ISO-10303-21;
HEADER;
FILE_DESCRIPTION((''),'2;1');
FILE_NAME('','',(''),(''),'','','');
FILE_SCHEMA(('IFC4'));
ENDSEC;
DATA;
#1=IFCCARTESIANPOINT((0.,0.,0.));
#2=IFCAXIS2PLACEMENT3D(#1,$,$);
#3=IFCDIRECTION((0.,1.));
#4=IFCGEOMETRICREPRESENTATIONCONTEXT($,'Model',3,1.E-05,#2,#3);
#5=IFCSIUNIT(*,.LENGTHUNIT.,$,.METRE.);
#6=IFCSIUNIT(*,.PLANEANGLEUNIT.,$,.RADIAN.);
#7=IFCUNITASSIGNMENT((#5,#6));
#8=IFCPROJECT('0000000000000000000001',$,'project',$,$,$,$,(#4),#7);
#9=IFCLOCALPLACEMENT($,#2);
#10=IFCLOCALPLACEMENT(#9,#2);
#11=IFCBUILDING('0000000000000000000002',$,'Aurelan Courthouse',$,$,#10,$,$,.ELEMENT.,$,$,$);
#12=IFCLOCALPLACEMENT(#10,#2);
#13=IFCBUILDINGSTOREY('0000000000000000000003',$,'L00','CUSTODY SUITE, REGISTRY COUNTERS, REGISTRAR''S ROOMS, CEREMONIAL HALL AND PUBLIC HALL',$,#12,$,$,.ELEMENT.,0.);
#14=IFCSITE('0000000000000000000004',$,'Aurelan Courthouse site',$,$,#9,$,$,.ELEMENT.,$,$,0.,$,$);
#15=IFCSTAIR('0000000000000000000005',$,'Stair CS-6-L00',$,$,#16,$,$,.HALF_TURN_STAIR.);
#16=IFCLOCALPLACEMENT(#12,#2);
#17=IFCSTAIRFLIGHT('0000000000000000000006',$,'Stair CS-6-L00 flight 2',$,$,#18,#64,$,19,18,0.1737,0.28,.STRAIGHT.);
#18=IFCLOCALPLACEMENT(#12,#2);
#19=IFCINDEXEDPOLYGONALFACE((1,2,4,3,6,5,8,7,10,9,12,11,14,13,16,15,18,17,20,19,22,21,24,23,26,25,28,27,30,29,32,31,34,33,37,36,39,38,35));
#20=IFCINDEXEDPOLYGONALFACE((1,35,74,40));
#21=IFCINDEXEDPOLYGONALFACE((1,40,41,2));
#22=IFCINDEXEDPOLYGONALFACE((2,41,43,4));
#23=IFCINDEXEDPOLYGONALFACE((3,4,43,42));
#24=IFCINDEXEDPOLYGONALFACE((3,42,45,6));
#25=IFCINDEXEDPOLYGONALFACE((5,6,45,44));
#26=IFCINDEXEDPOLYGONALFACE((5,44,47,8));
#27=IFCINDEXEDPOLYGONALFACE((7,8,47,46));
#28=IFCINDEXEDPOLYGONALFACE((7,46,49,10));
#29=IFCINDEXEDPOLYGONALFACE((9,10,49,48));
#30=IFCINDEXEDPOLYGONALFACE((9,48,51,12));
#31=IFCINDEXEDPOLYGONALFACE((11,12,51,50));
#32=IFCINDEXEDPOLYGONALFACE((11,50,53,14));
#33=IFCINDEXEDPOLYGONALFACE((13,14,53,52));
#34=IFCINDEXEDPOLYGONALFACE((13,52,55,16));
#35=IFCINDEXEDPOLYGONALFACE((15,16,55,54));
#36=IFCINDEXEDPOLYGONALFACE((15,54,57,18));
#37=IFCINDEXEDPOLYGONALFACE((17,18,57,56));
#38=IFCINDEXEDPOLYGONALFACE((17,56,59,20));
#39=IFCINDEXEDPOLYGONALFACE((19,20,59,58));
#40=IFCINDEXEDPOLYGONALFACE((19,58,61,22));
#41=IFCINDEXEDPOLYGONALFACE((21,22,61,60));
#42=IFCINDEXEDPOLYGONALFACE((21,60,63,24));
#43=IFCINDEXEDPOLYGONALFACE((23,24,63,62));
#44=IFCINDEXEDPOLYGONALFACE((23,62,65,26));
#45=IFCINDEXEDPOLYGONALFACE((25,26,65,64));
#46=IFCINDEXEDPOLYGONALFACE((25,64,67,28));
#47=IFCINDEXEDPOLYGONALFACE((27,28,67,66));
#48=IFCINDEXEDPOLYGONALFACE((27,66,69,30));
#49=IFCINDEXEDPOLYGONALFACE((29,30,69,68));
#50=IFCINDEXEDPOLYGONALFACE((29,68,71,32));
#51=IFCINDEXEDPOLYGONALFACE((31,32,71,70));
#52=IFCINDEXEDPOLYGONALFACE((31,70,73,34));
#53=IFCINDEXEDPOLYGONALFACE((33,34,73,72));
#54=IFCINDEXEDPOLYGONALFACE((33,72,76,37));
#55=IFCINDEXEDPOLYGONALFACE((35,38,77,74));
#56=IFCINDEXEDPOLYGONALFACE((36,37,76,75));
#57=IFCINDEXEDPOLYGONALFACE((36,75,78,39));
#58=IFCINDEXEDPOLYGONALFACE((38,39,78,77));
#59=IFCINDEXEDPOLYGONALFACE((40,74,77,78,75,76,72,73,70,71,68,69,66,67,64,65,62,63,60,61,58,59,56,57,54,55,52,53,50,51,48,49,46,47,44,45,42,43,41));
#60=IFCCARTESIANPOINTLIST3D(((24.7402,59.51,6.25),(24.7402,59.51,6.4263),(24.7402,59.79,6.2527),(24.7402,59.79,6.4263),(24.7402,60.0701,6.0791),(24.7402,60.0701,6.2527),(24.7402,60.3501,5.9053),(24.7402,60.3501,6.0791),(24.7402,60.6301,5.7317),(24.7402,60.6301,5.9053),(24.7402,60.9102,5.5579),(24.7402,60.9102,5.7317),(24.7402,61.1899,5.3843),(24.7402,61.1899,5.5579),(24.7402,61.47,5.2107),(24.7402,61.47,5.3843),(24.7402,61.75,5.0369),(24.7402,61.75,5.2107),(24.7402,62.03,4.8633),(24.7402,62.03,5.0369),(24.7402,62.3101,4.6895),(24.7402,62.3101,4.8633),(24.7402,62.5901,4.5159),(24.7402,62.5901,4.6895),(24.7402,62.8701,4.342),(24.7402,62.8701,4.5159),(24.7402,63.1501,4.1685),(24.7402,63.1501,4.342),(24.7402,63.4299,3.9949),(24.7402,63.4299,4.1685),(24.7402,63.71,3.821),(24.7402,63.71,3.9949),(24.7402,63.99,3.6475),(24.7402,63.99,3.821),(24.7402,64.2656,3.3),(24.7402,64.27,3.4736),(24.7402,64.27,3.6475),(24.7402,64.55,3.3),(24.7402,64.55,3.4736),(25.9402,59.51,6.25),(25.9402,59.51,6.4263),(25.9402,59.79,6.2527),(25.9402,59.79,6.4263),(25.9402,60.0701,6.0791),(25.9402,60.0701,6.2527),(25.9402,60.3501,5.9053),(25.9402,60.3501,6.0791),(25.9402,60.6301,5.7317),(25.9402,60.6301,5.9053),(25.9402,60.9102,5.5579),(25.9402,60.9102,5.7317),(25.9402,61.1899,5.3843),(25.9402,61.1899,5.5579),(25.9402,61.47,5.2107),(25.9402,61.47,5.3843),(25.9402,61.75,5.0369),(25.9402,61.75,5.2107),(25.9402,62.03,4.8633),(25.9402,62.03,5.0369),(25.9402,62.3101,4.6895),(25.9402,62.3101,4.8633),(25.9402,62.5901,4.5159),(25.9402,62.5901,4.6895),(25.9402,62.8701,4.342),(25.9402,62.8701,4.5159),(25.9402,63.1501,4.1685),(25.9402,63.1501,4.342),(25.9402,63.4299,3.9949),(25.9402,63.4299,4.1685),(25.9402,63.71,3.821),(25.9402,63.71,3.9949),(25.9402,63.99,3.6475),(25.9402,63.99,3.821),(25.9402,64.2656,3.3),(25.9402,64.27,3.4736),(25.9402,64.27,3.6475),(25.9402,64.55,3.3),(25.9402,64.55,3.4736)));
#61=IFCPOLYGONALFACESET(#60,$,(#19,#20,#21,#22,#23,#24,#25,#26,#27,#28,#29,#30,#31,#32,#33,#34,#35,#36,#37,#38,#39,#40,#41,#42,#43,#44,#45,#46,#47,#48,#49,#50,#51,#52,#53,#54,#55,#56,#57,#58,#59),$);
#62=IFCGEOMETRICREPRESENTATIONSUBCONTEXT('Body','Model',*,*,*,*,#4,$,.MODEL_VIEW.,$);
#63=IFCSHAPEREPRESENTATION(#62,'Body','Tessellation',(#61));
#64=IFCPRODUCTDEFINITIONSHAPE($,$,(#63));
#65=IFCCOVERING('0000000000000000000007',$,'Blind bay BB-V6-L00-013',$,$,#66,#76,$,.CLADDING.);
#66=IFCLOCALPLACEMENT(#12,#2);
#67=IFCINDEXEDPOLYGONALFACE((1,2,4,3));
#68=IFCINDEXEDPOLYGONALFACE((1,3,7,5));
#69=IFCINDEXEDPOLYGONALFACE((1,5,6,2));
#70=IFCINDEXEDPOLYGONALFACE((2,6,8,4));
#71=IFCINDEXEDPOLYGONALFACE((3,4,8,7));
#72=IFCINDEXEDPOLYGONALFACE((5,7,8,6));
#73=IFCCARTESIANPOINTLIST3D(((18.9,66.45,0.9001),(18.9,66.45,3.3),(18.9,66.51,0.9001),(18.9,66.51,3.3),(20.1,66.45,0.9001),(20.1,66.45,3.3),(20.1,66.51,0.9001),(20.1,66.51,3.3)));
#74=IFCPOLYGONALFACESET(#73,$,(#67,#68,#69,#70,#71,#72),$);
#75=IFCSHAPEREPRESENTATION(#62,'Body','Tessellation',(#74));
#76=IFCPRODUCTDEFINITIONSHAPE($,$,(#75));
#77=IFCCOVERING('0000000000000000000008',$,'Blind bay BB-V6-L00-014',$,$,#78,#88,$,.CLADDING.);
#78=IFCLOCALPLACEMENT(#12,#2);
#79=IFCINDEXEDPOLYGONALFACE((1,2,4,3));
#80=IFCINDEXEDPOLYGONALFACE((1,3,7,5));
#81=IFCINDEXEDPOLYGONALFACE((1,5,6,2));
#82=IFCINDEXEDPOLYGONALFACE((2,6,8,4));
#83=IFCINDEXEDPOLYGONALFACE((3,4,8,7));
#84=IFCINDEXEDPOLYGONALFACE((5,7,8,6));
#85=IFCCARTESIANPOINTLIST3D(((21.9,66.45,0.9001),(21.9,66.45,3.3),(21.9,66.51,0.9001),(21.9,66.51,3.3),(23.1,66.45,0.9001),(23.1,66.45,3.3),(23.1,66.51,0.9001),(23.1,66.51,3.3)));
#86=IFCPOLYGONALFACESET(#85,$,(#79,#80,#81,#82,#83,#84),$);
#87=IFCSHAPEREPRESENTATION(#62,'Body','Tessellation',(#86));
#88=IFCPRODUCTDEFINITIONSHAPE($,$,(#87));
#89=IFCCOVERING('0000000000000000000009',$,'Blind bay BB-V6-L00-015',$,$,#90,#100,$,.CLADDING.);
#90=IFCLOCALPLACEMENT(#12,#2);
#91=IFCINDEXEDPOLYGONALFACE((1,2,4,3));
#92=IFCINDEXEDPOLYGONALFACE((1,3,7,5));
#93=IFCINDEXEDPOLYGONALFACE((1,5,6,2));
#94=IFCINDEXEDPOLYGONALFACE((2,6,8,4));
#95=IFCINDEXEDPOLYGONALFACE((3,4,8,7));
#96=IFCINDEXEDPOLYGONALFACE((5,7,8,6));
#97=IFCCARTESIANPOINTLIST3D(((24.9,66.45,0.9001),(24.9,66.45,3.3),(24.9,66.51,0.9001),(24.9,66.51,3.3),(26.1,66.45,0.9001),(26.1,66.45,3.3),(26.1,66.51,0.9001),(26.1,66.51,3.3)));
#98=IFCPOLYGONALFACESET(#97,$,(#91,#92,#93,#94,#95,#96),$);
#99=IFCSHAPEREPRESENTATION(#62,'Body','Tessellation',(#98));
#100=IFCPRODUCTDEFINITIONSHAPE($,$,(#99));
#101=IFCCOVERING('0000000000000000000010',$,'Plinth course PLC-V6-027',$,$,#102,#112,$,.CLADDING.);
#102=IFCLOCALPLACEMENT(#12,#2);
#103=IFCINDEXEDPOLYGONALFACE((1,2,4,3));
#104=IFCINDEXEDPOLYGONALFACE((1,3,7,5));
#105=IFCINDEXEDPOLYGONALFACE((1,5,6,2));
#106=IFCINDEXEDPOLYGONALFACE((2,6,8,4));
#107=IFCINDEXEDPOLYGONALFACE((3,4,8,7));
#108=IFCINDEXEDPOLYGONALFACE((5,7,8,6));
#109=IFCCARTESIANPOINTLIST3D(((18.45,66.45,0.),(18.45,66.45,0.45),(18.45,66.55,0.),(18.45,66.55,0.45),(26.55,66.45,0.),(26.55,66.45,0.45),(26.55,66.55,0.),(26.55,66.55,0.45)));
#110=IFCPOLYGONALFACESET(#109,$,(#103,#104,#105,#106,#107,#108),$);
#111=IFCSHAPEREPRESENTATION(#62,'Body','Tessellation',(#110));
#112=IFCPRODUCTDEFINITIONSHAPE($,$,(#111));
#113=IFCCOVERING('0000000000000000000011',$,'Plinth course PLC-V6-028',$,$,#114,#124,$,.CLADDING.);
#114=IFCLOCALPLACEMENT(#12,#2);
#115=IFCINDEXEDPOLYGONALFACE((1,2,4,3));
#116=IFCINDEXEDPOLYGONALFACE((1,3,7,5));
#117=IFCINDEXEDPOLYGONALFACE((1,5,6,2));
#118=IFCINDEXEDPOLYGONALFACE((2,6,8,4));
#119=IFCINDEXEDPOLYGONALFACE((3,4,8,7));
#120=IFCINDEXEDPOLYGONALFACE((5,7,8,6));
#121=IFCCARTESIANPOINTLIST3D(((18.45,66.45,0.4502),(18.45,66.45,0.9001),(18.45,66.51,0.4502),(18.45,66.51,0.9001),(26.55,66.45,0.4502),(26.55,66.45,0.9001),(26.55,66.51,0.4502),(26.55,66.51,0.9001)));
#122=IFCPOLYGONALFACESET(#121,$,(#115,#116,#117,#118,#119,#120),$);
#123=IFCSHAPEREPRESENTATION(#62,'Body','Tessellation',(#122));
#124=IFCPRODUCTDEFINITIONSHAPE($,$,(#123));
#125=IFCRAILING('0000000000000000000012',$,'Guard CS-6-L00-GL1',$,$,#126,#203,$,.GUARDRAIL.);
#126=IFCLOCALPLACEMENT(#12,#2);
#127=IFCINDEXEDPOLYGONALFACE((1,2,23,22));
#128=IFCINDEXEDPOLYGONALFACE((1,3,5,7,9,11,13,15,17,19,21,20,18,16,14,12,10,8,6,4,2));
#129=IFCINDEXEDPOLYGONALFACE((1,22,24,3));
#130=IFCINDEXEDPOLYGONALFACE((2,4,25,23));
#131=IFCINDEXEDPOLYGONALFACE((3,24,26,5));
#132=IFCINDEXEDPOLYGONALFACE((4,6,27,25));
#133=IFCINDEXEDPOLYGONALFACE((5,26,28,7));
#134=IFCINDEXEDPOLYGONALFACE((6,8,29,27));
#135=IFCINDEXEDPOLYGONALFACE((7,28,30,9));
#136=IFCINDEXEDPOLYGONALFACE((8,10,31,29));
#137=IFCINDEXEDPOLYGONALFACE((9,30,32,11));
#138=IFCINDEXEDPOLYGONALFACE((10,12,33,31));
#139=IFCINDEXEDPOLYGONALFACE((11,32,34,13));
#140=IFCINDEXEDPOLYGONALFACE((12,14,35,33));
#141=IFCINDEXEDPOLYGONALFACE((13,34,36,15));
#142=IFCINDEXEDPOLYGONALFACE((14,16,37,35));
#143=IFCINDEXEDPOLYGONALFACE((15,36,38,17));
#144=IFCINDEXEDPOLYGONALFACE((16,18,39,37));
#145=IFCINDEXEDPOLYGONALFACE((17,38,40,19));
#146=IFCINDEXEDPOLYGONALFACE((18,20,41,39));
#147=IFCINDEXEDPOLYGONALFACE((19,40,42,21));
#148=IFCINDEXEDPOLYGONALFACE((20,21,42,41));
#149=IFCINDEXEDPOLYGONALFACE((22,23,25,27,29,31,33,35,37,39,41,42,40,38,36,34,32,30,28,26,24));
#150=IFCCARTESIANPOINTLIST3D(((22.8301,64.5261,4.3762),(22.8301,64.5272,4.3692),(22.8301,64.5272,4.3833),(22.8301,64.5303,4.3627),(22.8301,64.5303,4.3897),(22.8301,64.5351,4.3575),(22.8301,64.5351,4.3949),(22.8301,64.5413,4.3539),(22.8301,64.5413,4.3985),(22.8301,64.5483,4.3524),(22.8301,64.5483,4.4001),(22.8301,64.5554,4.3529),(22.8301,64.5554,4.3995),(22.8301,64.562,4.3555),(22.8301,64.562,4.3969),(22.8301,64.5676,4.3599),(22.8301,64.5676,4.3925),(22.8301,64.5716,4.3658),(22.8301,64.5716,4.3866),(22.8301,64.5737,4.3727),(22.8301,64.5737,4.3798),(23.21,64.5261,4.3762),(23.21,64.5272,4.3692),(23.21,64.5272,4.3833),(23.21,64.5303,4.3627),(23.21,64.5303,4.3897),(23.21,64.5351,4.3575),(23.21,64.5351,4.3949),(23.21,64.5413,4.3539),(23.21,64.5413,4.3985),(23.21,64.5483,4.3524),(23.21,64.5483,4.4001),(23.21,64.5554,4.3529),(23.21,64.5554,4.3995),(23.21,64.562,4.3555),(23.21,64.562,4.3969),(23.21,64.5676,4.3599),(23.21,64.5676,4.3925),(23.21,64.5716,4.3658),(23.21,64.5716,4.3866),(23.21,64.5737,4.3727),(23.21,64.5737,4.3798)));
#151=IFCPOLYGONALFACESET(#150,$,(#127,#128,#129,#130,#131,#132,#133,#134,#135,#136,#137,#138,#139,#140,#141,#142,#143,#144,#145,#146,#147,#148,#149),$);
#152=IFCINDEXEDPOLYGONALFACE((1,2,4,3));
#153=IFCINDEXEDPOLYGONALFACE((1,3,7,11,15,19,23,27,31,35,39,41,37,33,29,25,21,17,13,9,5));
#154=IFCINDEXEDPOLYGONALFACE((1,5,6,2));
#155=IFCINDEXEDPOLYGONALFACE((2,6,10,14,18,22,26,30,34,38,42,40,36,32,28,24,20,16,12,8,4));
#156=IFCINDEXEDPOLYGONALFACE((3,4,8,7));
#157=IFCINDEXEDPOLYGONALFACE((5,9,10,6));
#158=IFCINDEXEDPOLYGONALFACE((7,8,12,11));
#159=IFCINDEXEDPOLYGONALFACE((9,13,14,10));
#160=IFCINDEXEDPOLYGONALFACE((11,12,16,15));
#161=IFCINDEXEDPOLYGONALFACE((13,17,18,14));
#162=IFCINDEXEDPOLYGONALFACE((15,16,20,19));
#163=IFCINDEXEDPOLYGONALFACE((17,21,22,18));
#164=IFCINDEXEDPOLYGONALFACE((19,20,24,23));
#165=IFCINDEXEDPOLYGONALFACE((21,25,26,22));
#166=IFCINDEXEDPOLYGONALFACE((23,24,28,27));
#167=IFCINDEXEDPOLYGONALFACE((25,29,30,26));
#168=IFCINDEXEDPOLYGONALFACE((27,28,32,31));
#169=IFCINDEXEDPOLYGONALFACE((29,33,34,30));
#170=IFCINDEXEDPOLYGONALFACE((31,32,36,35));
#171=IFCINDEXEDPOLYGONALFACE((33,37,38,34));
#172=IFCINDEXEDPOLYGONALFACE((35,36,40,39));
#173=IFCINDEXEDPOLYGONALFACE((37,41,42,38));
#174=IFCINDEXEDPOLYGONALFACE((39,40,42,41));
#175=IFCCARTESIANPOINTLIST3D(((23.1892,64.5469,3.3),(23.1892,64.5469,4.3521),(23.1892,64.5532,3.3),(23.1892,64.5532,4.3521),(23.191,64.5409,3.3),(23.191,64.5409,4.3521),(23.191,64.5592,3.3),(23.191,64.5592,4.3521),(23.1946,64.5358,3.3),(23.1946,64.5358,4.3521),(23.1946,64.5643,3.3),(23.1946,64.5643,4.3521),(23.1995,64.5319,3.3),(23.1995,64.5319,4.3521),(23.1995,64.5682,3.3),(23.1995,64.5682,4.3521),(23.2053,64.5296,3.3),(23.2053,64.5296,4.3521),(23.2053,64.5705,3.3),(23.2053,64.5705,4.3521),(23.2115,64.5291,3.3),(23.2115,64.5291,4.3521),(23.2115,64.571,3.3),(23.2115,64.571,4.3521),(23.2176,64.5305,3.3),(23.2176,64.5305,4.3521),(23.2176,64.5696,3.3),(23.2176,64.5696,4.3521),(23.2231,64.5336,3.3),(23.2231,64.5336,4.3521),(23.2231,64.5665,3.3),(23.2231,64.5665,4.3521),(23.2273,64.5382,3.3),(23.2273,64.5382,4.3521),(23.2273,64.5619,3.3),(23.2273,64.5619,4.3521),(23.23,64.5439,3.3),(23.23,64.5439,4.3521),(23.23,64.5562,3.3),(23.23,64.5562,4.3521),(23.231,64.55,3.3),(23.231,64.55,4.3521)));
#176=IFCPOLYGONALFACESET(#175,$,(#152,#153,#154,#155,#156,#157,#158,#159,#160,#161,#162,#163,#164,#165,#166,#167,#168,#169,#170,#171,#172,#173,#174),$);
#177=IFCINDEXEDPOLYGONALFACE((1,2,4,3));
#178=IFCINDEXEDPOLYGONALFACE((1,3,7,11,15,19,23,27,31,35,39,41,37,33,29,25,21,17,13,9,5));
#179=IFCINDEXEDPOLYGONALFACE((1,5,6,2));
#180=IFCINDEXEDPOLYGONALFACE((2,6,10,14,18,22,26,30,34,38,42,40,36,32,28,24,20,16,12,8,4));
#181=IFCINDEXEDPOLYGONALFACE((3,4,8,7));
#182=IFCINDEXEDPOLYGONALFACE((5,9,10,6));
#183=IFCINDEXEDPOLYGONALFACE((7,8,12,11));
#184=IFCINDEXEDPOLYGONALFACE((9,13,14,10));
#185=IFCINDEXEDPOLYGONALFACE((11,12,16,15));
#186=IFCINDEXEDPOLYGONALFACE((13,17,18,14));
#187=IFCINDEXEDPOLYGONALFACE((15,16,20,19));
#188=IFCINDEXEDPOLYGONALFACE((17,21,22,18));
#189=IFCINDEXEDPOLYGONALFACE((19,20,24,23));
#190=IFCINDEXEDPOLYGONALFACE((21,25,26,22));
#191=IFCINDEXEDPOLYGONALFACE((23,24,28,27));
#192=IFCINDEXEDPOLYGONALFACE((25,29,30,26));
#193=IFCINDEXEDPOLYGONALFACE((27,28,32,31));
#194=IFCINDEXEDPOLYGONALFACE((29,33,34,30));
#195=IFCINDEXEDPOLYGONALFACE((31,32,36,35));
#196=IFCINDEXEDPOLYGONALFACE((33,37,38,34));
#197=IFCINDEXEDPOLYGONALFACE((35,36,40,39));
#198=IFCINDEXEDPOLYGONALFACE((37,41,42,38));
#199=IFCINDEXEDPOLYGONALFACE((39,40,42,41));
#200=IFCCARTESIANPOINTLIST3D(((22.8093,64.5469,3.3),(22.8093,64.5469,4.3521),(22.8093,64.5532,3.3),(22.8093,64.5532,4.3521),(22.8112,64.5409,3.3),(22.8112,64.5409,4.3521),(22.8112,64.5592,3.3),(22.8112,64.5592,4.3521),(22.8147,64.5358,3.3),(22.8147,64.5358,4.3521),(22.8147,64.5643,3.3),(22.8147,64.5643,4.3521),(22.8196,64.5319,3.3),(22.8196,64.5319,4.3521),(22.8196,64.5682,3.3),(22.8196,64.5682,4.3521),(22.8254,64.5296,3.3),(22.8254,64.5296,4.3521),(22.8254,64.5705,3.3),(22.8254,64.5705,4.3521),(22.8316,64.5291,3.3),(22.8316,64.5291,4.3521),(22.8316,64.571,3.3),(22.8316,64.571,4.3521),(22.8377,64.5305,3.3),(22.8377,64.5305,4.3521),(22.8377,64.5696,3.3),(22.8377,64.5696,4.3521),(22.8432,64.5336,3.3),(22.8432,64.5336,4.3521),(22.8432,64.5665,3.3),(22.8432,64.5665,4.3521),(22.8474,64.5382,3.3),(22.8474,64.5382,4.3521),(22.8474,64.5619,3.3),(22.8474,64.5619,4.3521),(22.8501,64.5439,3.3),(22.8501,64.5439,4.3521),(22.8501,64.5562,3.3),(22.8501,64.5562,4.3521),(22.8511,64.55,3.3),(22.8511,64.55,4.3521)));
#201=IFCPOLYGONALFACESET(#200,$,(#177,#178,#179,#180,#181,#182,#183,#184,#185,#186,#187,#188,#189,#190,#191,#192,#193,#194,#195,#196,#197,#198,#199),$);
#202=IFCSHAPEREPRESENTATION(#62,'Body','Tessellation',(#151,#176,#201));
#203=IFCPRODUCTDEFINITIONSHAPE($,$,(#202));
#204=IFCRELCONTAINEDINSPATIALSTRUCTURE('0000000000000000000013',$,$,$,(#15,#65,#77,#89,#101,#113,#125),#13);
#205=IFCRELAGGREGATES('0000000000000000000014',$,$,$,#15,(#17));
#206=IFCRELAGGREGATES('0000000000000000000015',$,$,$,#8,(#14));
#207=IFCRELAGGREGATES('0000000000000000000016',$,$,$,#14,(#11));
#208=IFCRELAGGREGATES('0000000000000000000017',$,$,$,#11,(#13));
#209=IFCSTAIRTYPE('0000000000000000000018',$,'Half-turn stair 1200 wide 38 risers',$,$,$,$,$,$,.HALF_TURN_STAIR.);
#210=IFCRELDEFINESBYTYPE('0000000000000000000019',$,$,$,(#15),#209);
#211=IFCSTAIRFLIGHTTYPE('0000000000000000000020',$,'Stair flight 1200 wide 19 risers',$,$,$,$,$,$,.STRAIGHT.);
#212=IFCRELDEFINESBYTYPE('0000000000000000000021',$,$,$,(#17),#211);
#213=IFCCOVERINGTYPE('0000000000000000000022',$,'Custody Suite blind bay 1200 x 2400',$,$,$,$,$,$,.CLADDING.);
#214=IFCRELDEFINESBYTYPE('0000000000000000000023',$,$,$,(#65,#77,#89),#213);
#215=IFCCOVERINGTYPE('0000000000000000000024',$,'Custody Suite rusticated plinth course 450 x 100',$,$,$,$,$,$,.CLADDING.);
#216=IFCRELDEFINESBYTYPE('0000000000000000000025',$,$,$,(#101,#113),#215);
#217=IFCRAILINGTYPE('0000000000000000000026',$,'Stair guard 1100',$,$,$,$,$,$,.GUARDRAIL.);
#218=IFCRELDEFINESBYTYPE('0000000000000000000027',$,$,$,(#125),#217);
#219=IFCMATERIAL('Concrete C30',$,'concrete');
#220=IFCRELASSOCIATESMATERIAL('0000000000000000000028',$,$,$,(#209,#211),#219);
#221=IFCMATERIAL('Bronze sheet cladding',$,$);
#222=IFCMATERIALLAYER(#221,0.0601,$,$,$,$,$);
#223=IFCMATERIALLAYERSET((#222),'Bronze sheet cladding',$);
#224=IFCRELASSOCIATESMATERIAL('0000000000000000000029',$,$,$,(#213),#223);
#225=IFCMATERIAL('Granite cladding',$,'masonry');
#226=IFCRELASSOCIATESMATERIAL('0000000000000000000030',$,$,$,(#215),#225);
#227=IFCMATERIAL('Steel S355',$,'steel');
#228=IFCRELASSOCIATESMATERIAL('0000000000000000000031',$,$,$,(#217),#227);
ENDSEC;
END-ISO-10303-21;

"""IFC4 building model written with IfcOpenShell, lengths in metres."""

from ifc_helpers import new_model, si_unit, direction, frame, origin, origin_2d, place, context, subcontext, project, spatial, polyline, rectangle, circle, outline, extrude, material, layer, layer_set, type_object, element, aggregate, save


model = new_model("IFC4")

# Units and contexts
model_context = context("Model", 3, precision=1e-05, world=origin(), true_north=direction((0.0, 1.0)))
body_context = subcontext(model_context, "Body", "Model", "MODEL_VIEW")
ifc_project = project(units=[si_unit("LENGTHUNIT", "METRE"), si_unit("PLANEANGLEUNIT", "RADIAN")], contexts=[model_context])

# Site, building, storey
site_placement = place(None, origin())
site = spatial("IfcSite", under=ifc_project, at=site_placement, Name="Aurelan Courthouse site", CompositionType="ELEMENT", RefElevation=0.0)
building_placement = place(site_placement, origin())
building = spatial("IfcBuilding", under=site, at=building_placement, Name="Aurelan Courthouse", CompositionType="ELEMENT")
storey_placement = place(building_placement, origin())
storey = spatial("IfcBuildingStorey", under=building, at=storey_placement, Name="L00", Description="CUSTODY SUITE, REGISTRY COUNTERS, REGISTRAR'S ROOMS, CEREMONIAL HALL AND PUBLIC HALL", CompositionType="ELEMENT", Elevation=0.0)

# Shared definitions
ifc_material_1 = material(Name="Granite cladding", Category="masonry")
ifc_material_2 = material(Name="Concrete C30", Category="concrete")

# Stair, stair flight
stair_type = type_object("IfcStairType", Name="Half-turn stair 1200 wide 38 risers", PredefinedType="HALF_TURN_STAIR", material=ifc_material_2)
stair_placement = place(storey_placement, origin())
stair = element("IfcStair", 1, at=stair_placement, inside=storey, type_object=stair_type, Name="Stair CS-6-L00", PredefinedType="HALF_TURN_STAIR")
stair_flight_type = type_object("IfcStairFlightType", Name="Stair flight 1200 wide 19 risers", PredefinedType="STRAIGHT", material=ifc_material_2)
stair_flight_1_placement = place(storey_placement, frame((25.3401, 64.55, 3.3), z_axis=(0.0, 0.0, 1.0), x_axis=(0.0, -1.0, 0.0)))
stair_flight_1 = element("IfcStairFlight", 2, at=stair_flight_1_placement, type_object=stair_flight_type, Name="Stair CS-6-L00 flight 2", NumberOfRisers=19, NumberOfTreads=18, PredefinedType="STRAIGHT", RiserHeight=0.1737, TreadLength=0.28, context=body_context, shape_type="SweptSolid", body=[
    extrude(outline(polyline([(0.0, 0.0), (0.0, 0.1736), (0.28, 0.1736), (0.28, 0.3474), (0.5601, 0.3474), (0.5601, 0.521), (0.8401, 0.521), (0.8401, 0.6948), (1.1201, 0.6948), (1.1201, 0.8684), (1.3999, 0.8684), (1.3999, 1.042), (1.6799, 1.042), (1.6799, 1.2158), (1.96, 1.2158), (1.96, 1.3894), (2.24, 1.3894), (2.24, 1.5632), (2.52, 1.5632), (2.52, 1.7368), (2.8, 1.7368), (2.8, 1.9106), (3.0801, 1.9106), (3.0801, 2.0842), (3.3601, 2.0842), (3.3601, 2.2578), (3.6399, 2.2578), (3.6399, 2.4316), (3.9199, 2.4316), (3.9199, 2.6052), (4.2, 2.6052), (4.2, 2.7791), (4.48, 2.7791), (4.48, 2.9526), (4.76, 2.9526), (4.76, 3.1262), (5.04, 3.1262), (5.04, 3.3), (5.04, 2.95), (0.2844, 0.0), (0.0, 0.0)])), frame((0.0, 0.6001, 0.0), z_axis=(0.0, -1.0, 0.0), x_axis=(1.0, 0.0, 0.0)), (0.0, 0.0, 1.0), 1.2),
])
aggregate(stair, [stair_flight_1])

# Coverings
ifc_material_3 = material(Name="Bronze sheet cladding")
ifc_layer_1 = layer(ifc_material_3, 0.0601)
ifc_layer_set_1 = layer_set([ifc_layer_1], Name="Bronze sheet cladding")
covering_type_1 = type_object("IfcCoveringType", Name="Custody Suite blind bay 1200 x 2400", PredefinedType="CLADDING", material=ifc_layer_set_1)
for number, where, z_axis, x_axis, name in (
    (3, (19.5, 66.48, 0.9001), (0.0, 0.0, 1.0), (1.0, 0.0, 0.0), "Blind bay BB-V6-L00-013"),
    (4, (22.5, 66.48, 0.9001), (0.0, 0.0, 1.0), (1.0, 0.0, 0.0), "Blind bay BB-V6-L00-014"),
    (5, (25.5, 66.48, 0.9001), (0.0, 0.0, 1.0), (1.0, 0.0, 0.0), "Blind bay BB-V6-L00-015"),
):
    element("IfcCovering", number, at=place(storey_placement, frame(where, z_axis=z_axis, x_axis=x_axis)), inside=storey, type_object=covering_type_1, Name=name, PredefinedType="CLADDING", context=body_context, shape_type="SweptSolid", body=[
        extrude(rectangle(XDim=1.2, YDim=0.0601, at=origin_2d()), origin(), (0.0, 0.0, 1.0), 2.3999),
    ])
covering_type_2 = type_object("IfcCoveringType", Name="Custody Suite rusticated plinth course 450 x 100", PredefinedType="CLADDING", material=ifc_material_1)
covering_1_placement = place(storey_placement, frame((22.5, 66.5, 0.0), z_axis=(0.0, 0.0, 1.0), x_axis=(1.0, 0.0, 0.0)))
element("IfcCovering", 6, at=covering_1_placement, inside=storey, type_object=covering_type_2, Name="Plinth course PLC-V6-027", PredefinedType="CLADDING", context=body_context, shape_type="SweptSolid", body=[
    extrude(rectangle(XDim=8.1001, YDim=0.1001, at=origin_2d()), origin(), (0.0, 0.0, 1.0), 0.45),
])
covering_2_placement = place(storey_placement, frame((22.5, 66.48, 0.4502), z_axis=(0.0, 0.0, 1.0), x_axis=(1.0, 0.0, 0.0)))
element("IfcCovering", 7, at=covering_2_placement, inside=storey, type_object=covering_type_2, Name="Plinth course PLC-V6-028", PredefinedType="CLADDING", context=body_context, shape_type="SweptSolid", body=[
    extrude(rectangle(XDim=8.1001, YDim=0.0601, at=origin_2d()), origin(), (0.0, 0.0, 1.0), 0.45),
])

# Railing
ifc_material_4 = material(Name="Steel S355", Category="steel")
railing_type_1 = type_object("IfcRailingType", Name="Stair guard 1100", PredefinedType="GUARDRAIL", material=ifc_material_4)
railing_1_placement = place(storey_placement, frame((23.21, 64.55, 3.3)))
element("IfcRailing", 8, at=railing_1_placement, inside=storey, type_object=railing_type_1, Name="Guard CS-6-L00-GL1", PredefinedType="GUARDRAIL", context=body_context, shape_type="SweptSolid", body=[
    extrude(circle(Radius=0.0239, at=origin_2d()), frame((0.0, 0.0, 1.0762), z_axis=(-1.0, 0.0, 0.0), x_axis=(0.0, -1.0, 0.0)), (0.0, 0.0, 1.0), 0.3799),
    extrude(circle(Radius=0.021, at=origin_2d()), origin(), (0.0, 0.0, 1.0), 1.052),
    extrude(circle(Radius=0.021, at=origin_2d()), frame((-0.3799, 0.0, 0.0)), (0.0, 0.0, 1.0), 1.052),
])

save(model, "model.ifc")
